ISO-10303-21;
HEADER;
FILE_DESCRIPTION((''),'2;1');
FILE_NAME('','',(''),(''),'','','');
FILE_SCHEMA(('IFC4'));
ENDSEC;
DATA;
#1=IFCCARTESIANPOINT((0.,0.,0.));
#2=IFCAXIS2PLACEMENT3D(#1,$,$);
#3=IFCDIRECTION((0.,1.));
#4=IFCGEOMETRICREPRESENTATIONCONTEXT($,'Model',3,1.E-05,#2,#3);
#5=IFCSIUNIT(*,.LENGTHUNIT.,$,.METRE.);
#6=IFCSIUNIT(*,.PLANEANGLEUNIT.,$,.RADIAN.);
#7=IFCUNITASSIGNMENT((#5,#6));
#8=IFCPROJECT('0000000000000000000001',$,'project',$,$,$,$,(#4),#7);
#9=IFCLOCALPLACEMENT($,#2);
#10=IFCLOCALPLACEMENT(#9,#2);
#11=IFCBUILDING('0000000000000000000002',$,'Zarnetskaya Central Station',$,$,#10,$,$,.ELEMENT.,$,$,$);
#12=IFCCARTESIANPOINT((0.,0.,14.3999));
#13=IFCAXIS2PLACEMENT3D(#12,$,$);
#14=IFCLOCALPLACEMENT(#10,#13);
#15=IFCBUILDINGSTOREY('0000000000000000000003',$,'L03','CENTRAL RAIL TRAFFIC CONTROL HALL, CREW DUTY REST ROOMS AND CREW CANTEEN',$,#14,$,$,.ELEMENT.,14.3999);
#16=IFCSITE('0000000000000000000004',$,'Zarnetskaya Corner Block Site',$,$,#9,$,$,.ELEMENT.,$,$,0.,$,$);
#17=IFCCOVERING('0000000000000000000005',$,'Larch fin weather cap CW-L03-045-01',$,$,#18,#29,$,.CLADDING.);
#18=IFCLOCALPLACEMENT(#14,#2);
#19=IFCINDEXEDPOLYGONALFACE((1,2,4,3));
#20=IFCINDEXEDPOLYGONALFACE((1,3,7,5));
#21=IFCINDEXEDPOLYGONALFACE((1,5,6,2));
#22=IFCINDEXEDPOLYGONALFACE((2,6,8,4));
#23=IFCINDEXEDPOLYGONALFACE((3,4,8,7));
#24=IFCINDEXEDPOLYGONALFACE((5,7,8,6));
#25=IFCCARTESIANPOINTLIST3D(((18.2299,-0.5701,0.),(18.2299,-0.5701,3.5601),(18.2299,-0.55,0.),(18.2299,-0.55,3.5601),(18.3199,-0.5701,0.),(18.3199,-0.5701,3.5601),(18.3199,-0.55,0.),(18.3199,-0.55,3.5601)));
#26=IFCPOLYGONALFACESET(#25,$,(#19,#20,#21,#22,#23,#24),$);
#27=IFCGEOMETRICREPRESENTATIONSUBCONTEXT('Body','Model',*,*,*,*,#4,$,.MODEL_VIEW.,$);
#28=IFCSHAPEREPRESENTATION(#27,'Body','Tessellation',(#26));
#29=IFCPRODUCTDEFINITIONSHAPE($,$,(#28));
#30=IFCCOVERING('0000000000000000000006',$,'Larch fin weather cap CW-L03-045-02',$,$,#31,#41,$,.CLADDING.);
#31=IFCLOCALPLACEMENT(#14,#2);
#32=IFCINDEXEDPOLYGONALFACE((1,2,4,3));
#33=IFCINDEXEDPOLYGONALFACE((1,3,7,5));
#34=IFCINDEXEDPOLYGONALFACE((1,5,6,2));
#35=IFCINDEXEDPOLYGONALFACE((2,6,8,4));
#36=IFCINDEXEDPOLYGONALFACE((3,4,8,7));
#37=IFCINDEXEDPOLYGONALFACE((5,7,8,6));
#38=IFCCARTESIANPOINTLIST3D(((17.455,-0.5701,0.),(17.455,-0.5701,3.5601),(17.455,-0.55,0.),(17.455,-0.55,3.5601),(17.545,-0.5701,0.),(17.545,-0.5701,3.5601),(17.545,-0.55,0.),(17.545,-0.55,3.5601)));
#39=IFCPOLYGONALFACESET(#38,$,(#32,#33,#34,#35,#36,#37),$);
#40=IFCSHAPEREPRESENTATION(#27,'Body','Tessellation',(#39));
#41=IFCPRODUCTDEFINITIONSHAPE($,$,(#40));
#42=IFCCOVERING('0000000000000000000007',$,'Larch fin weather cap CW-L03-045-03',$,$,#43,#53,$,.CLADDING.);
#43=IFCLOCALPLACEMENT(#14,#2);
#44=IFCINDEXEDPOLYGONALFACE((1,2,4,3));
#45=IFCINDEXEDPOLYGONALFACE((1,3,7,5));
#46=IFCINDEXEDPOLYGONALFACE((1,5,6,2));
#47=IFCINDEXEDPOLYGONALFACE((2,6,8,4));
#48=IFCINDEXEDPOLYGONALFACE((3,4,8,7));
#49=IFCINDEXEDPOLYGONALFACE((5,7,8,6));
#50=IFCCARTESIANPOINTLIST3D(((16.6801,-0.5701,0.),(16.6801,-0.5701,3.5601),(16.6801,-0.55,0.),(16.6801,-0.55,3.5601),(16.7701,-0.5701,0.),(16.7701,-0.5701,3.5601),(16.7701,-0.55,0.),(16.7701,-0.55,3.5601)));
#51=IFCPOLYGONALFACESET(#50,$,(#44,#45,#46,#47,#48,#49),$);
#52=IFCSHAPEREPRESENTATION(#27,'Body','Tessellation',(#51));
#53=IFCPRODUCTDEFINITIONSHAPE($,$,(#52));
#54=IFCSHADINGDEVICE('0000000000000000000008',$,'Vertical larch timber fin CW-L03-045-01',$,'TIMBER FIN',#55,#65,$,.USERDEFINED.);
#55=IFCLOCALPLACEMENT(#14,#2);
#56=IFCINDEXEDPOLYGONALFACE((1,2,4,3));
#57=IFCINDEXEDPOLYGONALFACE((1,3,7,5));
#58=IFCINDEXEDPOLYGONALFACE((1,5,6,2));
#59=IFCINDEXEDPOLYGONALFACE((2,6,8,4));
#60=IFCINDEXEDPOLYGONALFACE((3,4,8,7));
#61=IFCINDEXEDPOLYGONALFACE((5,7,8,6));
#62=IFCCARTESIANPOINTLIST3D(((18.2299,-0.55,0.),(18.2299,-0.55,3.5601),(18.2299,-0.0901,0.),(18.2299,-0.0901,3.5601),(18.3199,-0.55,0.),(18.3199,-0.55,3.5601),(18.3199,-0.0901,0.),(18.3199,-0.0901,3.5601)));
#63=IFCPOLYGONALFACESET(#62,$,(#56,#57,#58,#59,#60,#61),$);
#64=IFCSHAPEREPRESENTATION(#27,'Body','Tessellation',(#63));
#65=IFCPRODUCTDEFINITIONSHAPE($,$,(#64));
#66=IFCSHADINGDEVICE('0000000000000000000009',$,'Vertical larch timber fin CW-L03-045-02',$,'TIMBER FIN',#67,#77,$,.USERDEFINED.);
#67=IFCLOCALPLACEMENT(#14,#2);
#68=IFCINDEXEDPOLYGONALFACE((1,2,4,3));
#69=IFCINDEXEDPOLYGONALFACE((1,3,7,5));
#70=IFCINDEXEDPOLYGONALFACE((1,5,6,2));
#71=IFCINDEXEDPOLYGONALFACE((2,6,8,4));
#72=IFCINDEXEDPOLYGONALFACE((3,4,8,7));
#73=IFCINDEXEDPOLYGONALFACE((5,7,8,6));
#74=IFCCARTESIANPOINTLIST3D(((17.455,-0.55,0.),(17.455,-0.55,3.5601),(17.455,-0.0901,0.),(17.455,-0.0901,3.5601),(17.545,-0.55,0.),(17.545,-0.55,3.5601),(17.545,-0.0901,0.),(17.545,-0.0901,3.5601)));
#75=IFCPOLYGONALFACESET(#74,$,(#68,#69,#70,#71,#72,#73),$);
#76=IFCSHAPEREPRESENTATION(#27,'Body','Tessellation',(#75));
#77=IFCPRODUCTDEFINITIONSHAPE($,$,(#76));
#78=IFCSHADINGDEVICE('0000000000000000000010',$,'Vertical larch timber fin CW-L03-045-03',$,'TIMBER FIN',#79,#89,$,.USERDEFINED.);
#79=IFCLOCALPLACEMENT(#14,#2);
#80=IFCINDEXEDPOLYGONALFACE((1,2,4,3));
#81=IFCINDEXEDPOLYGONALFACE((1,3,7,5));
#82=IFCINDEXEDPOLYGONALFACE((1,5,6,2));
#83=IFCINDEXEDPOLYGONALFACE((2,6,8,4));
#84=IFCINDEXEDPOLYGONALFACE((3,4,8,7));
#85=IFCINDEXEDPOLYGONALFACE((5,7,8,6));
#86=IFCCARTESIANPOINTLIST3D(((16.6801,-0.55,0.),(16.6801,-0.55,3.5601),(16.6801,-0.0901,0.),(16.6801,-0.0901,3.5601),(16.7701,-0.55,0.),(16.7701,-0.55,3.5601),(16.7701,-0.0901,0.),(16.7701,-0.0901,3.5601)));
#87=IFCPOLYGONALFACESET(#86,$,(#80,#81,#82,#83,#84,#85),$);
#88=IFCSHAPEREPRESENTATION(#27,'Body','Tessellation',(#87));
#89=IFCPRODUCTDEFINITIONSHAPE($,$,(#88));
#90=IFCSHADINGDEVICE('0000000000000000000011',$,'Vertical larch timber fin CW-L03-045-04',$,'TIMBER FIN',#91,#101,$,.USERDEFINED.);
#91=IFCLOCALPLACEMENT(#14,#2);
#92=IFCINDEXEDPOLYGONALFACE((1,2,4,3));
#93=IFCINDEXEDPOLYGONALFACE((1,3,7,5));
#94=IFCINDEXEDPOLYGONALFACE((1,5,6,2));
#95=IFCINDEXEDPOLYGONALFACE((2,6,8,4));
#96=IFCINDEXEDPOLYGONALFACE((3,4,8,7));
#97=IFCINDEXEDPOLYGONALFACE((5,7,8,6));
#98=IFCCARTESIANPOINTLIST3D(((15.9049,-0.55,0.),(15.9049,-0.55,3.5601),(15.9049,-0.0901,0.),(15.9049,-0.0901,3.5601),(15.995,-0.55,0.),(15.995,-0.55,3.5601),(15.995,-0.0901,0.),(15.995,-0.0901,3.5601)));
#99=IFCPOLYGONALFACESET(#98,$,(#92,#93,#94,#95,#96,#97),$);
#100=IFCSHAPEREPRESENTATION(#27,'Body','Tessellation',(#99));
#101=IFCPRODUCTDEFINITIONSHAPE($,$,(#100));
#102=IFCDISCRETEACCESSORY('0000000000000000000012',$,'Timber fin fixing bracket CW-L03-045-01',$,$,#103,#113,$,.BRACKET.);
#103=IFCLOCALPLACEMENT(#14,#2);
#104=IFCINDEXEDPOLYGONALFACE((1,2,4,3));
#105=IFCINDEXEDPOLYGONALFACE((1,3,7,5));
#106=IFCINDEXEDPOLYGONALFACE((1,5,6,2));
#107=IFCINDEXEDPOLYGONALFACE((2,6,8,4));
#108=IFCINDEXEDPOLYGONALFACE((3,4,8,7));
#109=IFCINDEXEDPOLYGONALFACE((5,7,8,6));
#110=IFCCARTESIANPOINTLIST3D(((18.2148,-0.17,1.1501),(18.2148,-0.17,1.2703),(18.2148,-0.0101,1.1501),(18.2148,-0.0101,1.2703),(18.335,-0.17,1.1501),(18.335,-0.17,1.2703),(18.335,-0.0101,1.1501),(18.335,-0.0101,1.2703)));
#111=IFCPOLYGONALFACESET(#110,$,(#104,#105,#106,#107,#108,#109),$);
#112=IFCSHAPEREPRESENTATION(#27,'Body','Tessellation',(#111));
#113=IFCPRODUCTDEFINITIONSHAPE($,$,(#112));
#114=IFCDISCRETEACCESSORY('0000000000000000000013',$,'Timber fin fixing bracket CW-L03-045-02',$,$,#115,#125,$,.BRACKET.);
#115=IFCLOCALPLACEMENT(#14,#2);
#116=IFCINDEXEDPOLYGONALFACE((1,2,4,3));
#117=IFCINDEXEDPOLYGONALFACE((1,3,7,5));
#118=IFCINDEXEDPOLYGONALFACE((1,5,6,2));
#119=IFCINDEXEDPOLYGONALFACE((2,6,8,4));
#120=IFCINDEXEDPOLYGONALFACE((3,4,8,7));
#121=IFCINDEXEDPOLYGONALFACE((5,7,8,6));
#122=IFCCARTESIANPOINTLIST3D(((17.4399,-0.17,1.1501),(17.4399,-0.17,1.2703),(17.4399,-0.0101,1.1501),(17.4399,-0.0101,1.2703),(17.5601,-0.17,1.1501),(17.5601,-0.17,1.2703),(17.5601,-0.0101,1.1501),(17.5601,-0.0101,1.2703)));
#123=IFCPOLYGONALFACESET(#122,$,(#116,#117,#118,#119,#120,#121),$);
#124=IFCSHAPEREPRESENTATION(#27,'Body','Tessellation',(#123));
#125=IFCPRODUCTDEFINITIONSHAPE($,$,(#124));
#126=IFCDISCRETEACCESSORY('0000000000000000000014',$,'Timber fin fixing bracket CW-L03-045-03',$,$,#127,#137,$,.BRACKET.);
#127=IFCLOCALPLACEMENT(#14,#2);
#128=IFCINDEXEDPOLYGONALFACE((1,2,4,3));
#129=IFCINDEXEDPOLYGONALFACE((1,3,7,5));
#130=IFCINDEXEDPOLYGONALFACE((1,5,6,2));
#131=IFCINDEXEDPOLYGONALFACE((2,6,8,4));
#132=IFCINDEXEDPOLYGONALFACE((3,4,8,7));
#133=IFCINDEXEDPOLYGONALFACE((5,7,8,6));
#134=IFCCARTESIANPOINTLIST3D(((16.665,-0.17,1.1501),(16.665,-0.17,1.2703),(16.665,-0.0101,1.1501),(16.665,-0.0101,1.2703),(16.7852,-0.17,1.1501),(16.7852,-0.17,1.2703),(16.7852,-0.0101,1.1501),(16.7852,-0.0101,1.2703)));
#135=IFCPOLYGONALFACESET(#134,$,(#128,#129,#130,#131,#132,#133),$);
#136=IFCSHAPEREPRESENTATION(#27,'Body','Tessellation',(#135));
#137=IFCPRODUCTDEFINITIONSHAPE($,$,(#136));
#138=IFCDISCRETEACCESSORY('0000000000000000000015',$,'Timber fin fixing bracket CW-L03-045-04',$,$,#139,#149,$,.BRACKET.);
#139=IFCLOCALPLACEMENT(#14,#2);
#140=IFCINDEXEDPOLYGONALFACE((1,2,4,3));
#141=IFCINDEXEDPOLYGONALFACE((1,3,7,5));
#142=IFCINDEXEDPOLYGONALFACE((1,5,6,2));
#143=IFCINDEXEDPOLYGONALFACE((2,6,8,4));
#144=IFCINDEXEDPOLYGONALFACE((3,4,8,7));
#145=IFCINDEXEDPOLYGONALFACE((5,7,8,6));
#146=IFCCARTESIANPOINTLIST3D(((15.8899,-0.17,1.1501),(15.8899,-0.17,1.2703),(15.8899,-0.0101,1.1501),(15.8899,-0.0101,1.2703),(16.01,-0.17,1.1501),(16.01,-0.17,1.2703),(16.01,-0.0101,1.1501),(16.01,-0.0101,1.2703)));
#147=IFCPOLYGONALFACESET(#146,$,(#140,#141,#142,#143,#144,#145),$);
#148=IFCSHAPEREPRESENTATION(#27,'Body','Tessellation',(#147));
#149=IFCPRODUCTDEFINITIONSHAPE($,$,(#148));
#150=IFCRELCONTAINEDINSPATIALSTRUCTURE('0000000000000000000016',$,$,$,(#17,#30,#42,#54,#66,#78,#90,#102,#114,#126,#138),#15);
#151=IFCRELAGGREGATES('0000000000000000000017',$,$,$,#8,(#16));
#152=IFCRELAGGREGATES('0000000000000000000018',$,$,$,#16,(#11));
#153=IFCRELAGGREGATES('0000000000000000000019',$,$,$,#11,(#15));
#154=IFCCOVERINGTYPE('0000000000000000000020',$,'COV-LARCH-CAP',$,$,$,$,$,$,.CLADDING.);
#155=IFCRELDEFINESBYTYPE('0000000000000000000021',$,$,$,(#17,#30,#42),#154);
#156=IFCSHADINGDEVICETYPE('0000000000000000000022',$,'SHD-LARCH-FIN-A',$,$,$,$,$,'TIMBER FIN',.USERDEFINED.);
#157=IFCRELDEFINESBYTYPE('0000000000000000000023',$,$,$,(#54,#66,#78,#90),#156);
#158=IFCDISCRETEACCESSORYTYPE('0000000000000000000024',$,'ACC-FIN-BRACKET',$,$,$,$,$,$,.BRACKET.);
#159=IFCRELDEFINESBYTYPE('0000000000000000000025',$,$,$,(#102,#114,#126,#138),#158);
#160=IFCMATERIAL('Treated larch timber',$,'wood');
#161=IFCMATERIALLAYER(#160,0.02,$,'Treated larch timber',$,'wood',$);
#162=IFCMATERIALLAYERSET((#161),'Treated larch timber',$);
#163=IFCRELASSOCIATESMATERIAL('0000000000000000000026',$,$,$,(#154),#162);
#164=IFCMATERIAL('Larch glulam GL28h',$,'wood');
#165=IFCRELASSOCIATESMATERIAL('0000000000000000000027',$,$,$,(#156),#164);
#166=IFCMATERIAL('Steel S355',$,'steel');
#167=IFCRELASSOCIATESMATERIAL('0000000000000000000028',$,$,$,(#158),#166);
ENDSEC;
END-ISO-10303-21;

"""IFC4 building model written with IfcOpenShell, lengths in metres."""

from ifc_helpers import new_model, si_unit, direction, frame, origin, origin_2d, place, context, subcontext, project, spatial, rectangle, extrude, material, layer, layer_set, type_object, element, save


model = new_model("IFC4")

# Units and contexts
model_context = context("Model", 3, precision=1e-05, world=origin(), true_north=direction((0.0, 1.0)))
body_context = subcontext(model_context, "Body", "Model", "MODEL_VIEW")
ifc_project = project(units=[si_unit("LENGTHUNIT", "METRE"), si_unit("PLANEANGLEUNIT", "RADIAN")], contexts=[model_context])

# Site, building, storey
site_placement = place(None, origin())
site = spatial("IfcSite", under=ifc_project, at=site_placement, Name="Zarnetskaya Corner Block Site", CompositionType="ELEMENT", RefElevation=0.0)
building_placement = place(site_placement, origin())
building = spatial("IfcBuilding", under=site, at=building_placement, Name="Zarnetskaya Central Station", CompositionType="ELEMENT")
storey_placement = place(building_placement, frame((0.0, 0.0, 14.3999)))
storey = spatial("IfcBuildingStorey", under=building, at=storey_placement, Name="L03", Description="CENTRAL RAIL TRAFFIC CONTROL HALL, CREW DUTY REST ROOMS AND CREW CANTEEN", CompositionType="ELEMENT", Elevation=14.3999)

# Coverings
ifc_material_1 = material(Name="Treated larch timber", Category="wood")
ifc_layer_1 = layer(ifc_material_1, 0.02, Name="Treated larch timber", Category="wood")
ifc_layer_set_1 = layer_set([ifc_layer_1], Name="Treated larch timber")
covering_type = type_object("IfcCoveringType", Name="COV-LARCH-CAP", PredefinedType="CLADDING", material=ifc_layer_set_1)
for number, where, z_axis, x_axis, name in (
    (1, (18.2749, -0.5601, 0.0), (0.0, 0.0, 1.0), (-1.0, 0.0, 0.0), "Larch fin weather cap CW-L03-045-01"),
    (2, (17.5, -0.5601, 0.0), (0.0, 0.0, 1.0), (-1.0, 0.0, 0.0), "Larch fin weather cap CW-L03-045-02"),
    (3, (16.7251, -0.5601, 0.0), (0.0, 0.0, 1.0), (-1.0, 0.0, 0.0), "Larch fin weather cap CW-L03-045-03"),
):
    element("IfcCovering", number, at=place(storey_placement, frame(where, z_axis=z_axis, x_axis=x_axis)), inside=storey, type_object=covering_type, Name=name, PredefinedType="CLADDING", context=body_context, shape_type="SweptSolid", body=[
        extrude(rectangle(XDim=0.0901, YDim=0.02, at=origin_2d()), origin(), (0.0, 0.0, 1.0), 3.5601),
    ])

# Shading devices
ifc_material_2 = material(Name="Larch glulam GL28h", Category="wood")
shading_device_type = type_object("IfcShadingDeviceType", Name="SHD-LARCH-FIN-A", ElementType="TIMBER FIN", PredefinedType="USERDEFINED", material=ifc_material_2)
for number, where, z_axis, x_axis, name in (
    (4, (18.2749, -0.3201, 0.0), (0.0, 0.0, 1.0), (-1.0, 0.0, 0.0), "Vertical larch timber fin CW-L03-045-01"),
    (5, (17.5, -0.3201, 0.0), (0.0, 0.0, 1.0), (-1.0, 0.0, 0.0), "Vertical larch timber fin CW-L03-045-02"),
    (6, (16.7251, -0.3201, 0.0), (0.0, 0.0, 1.0), (-1.0, 0.0, 0.0), "Vertical larch timber fin CW-L03-045-03"),
    (7, (15.95, -0.3201, 0.0), (0.0, 0.0, 1.0), (-1.0, 0.0, 0.0), "Vertical larch timber fin CW-L03-045-04"),
):
    element("IfcShadingDevice", number, at=place(storey_placement, frame(where, z_axis=z_axis, x_axis=x_axis)), inside=storey, type_object=shading_device_type, Name=name, ObjectType="TIMBER FIN", PredefinedType="USERDEFINED", context=body_context, shape_type="SweptSolid", body=[
        extrude(rectangle(XDim=0.0901, YDim=0.46, at=origin_2d()), origin(), (0.0, 0.0, 1.0), 3.5601),
    ])

# Discrete accessories
ifc_material_3 = material(Name="Steel S355", Category="steel")
discrete_accessory_type = type_object("IfcDiscreteAccessoryType", Name="ACC-FIN-BRACKET", PredefinedType="BRACKET", material=ifc_material_3)
for number, where, z_axis, x_axis, name in (
    (8, (18.2749, -0.0901, 1.1501), (0.0, 0.0, 1.0), (-1.0, 0.0, 0.0), "Timber fin fixing bracket CW-L03-045-01"),
    (9, (17.5, -0.0901, 1.1501), (0.0, 0.0, 1.0), (-1.0, 0.0, 0.0), "Timber fin fixing bracket CW-L03-045-02"),
    (10, (16.7251, -0.0901, 1.1501), (0.0, 0.0, 1.0), (-1.0, 0.0, 0.0), "Timber fin fixing bracket CW-L03-045-03"),
    (11, (15.95, -0.0901, 1.1501), (0.0, 0.0, 1.0), (-1.0, 0.0, 0.0), "Timber fin fixing bracket CW-L03-045-04"),
):
    element("IfcDiscreteAccessory", number, at=place(storey_placement, frame(where, z_axis=z_axis, x_axis=x_axis)), inside=storey, type_object=discrete_accessory_type, Name=name, PredefinedType="BRACKET", context=body_context, shape_type="SweptSolid", body=[
        extrude(rectangle(XDim=0.1201, YDim=0.1599, at=origin_2d()), origin(), (0.0, 0.0, 1.0), 0.1201),
    ])

save(model, "model.ifc")
